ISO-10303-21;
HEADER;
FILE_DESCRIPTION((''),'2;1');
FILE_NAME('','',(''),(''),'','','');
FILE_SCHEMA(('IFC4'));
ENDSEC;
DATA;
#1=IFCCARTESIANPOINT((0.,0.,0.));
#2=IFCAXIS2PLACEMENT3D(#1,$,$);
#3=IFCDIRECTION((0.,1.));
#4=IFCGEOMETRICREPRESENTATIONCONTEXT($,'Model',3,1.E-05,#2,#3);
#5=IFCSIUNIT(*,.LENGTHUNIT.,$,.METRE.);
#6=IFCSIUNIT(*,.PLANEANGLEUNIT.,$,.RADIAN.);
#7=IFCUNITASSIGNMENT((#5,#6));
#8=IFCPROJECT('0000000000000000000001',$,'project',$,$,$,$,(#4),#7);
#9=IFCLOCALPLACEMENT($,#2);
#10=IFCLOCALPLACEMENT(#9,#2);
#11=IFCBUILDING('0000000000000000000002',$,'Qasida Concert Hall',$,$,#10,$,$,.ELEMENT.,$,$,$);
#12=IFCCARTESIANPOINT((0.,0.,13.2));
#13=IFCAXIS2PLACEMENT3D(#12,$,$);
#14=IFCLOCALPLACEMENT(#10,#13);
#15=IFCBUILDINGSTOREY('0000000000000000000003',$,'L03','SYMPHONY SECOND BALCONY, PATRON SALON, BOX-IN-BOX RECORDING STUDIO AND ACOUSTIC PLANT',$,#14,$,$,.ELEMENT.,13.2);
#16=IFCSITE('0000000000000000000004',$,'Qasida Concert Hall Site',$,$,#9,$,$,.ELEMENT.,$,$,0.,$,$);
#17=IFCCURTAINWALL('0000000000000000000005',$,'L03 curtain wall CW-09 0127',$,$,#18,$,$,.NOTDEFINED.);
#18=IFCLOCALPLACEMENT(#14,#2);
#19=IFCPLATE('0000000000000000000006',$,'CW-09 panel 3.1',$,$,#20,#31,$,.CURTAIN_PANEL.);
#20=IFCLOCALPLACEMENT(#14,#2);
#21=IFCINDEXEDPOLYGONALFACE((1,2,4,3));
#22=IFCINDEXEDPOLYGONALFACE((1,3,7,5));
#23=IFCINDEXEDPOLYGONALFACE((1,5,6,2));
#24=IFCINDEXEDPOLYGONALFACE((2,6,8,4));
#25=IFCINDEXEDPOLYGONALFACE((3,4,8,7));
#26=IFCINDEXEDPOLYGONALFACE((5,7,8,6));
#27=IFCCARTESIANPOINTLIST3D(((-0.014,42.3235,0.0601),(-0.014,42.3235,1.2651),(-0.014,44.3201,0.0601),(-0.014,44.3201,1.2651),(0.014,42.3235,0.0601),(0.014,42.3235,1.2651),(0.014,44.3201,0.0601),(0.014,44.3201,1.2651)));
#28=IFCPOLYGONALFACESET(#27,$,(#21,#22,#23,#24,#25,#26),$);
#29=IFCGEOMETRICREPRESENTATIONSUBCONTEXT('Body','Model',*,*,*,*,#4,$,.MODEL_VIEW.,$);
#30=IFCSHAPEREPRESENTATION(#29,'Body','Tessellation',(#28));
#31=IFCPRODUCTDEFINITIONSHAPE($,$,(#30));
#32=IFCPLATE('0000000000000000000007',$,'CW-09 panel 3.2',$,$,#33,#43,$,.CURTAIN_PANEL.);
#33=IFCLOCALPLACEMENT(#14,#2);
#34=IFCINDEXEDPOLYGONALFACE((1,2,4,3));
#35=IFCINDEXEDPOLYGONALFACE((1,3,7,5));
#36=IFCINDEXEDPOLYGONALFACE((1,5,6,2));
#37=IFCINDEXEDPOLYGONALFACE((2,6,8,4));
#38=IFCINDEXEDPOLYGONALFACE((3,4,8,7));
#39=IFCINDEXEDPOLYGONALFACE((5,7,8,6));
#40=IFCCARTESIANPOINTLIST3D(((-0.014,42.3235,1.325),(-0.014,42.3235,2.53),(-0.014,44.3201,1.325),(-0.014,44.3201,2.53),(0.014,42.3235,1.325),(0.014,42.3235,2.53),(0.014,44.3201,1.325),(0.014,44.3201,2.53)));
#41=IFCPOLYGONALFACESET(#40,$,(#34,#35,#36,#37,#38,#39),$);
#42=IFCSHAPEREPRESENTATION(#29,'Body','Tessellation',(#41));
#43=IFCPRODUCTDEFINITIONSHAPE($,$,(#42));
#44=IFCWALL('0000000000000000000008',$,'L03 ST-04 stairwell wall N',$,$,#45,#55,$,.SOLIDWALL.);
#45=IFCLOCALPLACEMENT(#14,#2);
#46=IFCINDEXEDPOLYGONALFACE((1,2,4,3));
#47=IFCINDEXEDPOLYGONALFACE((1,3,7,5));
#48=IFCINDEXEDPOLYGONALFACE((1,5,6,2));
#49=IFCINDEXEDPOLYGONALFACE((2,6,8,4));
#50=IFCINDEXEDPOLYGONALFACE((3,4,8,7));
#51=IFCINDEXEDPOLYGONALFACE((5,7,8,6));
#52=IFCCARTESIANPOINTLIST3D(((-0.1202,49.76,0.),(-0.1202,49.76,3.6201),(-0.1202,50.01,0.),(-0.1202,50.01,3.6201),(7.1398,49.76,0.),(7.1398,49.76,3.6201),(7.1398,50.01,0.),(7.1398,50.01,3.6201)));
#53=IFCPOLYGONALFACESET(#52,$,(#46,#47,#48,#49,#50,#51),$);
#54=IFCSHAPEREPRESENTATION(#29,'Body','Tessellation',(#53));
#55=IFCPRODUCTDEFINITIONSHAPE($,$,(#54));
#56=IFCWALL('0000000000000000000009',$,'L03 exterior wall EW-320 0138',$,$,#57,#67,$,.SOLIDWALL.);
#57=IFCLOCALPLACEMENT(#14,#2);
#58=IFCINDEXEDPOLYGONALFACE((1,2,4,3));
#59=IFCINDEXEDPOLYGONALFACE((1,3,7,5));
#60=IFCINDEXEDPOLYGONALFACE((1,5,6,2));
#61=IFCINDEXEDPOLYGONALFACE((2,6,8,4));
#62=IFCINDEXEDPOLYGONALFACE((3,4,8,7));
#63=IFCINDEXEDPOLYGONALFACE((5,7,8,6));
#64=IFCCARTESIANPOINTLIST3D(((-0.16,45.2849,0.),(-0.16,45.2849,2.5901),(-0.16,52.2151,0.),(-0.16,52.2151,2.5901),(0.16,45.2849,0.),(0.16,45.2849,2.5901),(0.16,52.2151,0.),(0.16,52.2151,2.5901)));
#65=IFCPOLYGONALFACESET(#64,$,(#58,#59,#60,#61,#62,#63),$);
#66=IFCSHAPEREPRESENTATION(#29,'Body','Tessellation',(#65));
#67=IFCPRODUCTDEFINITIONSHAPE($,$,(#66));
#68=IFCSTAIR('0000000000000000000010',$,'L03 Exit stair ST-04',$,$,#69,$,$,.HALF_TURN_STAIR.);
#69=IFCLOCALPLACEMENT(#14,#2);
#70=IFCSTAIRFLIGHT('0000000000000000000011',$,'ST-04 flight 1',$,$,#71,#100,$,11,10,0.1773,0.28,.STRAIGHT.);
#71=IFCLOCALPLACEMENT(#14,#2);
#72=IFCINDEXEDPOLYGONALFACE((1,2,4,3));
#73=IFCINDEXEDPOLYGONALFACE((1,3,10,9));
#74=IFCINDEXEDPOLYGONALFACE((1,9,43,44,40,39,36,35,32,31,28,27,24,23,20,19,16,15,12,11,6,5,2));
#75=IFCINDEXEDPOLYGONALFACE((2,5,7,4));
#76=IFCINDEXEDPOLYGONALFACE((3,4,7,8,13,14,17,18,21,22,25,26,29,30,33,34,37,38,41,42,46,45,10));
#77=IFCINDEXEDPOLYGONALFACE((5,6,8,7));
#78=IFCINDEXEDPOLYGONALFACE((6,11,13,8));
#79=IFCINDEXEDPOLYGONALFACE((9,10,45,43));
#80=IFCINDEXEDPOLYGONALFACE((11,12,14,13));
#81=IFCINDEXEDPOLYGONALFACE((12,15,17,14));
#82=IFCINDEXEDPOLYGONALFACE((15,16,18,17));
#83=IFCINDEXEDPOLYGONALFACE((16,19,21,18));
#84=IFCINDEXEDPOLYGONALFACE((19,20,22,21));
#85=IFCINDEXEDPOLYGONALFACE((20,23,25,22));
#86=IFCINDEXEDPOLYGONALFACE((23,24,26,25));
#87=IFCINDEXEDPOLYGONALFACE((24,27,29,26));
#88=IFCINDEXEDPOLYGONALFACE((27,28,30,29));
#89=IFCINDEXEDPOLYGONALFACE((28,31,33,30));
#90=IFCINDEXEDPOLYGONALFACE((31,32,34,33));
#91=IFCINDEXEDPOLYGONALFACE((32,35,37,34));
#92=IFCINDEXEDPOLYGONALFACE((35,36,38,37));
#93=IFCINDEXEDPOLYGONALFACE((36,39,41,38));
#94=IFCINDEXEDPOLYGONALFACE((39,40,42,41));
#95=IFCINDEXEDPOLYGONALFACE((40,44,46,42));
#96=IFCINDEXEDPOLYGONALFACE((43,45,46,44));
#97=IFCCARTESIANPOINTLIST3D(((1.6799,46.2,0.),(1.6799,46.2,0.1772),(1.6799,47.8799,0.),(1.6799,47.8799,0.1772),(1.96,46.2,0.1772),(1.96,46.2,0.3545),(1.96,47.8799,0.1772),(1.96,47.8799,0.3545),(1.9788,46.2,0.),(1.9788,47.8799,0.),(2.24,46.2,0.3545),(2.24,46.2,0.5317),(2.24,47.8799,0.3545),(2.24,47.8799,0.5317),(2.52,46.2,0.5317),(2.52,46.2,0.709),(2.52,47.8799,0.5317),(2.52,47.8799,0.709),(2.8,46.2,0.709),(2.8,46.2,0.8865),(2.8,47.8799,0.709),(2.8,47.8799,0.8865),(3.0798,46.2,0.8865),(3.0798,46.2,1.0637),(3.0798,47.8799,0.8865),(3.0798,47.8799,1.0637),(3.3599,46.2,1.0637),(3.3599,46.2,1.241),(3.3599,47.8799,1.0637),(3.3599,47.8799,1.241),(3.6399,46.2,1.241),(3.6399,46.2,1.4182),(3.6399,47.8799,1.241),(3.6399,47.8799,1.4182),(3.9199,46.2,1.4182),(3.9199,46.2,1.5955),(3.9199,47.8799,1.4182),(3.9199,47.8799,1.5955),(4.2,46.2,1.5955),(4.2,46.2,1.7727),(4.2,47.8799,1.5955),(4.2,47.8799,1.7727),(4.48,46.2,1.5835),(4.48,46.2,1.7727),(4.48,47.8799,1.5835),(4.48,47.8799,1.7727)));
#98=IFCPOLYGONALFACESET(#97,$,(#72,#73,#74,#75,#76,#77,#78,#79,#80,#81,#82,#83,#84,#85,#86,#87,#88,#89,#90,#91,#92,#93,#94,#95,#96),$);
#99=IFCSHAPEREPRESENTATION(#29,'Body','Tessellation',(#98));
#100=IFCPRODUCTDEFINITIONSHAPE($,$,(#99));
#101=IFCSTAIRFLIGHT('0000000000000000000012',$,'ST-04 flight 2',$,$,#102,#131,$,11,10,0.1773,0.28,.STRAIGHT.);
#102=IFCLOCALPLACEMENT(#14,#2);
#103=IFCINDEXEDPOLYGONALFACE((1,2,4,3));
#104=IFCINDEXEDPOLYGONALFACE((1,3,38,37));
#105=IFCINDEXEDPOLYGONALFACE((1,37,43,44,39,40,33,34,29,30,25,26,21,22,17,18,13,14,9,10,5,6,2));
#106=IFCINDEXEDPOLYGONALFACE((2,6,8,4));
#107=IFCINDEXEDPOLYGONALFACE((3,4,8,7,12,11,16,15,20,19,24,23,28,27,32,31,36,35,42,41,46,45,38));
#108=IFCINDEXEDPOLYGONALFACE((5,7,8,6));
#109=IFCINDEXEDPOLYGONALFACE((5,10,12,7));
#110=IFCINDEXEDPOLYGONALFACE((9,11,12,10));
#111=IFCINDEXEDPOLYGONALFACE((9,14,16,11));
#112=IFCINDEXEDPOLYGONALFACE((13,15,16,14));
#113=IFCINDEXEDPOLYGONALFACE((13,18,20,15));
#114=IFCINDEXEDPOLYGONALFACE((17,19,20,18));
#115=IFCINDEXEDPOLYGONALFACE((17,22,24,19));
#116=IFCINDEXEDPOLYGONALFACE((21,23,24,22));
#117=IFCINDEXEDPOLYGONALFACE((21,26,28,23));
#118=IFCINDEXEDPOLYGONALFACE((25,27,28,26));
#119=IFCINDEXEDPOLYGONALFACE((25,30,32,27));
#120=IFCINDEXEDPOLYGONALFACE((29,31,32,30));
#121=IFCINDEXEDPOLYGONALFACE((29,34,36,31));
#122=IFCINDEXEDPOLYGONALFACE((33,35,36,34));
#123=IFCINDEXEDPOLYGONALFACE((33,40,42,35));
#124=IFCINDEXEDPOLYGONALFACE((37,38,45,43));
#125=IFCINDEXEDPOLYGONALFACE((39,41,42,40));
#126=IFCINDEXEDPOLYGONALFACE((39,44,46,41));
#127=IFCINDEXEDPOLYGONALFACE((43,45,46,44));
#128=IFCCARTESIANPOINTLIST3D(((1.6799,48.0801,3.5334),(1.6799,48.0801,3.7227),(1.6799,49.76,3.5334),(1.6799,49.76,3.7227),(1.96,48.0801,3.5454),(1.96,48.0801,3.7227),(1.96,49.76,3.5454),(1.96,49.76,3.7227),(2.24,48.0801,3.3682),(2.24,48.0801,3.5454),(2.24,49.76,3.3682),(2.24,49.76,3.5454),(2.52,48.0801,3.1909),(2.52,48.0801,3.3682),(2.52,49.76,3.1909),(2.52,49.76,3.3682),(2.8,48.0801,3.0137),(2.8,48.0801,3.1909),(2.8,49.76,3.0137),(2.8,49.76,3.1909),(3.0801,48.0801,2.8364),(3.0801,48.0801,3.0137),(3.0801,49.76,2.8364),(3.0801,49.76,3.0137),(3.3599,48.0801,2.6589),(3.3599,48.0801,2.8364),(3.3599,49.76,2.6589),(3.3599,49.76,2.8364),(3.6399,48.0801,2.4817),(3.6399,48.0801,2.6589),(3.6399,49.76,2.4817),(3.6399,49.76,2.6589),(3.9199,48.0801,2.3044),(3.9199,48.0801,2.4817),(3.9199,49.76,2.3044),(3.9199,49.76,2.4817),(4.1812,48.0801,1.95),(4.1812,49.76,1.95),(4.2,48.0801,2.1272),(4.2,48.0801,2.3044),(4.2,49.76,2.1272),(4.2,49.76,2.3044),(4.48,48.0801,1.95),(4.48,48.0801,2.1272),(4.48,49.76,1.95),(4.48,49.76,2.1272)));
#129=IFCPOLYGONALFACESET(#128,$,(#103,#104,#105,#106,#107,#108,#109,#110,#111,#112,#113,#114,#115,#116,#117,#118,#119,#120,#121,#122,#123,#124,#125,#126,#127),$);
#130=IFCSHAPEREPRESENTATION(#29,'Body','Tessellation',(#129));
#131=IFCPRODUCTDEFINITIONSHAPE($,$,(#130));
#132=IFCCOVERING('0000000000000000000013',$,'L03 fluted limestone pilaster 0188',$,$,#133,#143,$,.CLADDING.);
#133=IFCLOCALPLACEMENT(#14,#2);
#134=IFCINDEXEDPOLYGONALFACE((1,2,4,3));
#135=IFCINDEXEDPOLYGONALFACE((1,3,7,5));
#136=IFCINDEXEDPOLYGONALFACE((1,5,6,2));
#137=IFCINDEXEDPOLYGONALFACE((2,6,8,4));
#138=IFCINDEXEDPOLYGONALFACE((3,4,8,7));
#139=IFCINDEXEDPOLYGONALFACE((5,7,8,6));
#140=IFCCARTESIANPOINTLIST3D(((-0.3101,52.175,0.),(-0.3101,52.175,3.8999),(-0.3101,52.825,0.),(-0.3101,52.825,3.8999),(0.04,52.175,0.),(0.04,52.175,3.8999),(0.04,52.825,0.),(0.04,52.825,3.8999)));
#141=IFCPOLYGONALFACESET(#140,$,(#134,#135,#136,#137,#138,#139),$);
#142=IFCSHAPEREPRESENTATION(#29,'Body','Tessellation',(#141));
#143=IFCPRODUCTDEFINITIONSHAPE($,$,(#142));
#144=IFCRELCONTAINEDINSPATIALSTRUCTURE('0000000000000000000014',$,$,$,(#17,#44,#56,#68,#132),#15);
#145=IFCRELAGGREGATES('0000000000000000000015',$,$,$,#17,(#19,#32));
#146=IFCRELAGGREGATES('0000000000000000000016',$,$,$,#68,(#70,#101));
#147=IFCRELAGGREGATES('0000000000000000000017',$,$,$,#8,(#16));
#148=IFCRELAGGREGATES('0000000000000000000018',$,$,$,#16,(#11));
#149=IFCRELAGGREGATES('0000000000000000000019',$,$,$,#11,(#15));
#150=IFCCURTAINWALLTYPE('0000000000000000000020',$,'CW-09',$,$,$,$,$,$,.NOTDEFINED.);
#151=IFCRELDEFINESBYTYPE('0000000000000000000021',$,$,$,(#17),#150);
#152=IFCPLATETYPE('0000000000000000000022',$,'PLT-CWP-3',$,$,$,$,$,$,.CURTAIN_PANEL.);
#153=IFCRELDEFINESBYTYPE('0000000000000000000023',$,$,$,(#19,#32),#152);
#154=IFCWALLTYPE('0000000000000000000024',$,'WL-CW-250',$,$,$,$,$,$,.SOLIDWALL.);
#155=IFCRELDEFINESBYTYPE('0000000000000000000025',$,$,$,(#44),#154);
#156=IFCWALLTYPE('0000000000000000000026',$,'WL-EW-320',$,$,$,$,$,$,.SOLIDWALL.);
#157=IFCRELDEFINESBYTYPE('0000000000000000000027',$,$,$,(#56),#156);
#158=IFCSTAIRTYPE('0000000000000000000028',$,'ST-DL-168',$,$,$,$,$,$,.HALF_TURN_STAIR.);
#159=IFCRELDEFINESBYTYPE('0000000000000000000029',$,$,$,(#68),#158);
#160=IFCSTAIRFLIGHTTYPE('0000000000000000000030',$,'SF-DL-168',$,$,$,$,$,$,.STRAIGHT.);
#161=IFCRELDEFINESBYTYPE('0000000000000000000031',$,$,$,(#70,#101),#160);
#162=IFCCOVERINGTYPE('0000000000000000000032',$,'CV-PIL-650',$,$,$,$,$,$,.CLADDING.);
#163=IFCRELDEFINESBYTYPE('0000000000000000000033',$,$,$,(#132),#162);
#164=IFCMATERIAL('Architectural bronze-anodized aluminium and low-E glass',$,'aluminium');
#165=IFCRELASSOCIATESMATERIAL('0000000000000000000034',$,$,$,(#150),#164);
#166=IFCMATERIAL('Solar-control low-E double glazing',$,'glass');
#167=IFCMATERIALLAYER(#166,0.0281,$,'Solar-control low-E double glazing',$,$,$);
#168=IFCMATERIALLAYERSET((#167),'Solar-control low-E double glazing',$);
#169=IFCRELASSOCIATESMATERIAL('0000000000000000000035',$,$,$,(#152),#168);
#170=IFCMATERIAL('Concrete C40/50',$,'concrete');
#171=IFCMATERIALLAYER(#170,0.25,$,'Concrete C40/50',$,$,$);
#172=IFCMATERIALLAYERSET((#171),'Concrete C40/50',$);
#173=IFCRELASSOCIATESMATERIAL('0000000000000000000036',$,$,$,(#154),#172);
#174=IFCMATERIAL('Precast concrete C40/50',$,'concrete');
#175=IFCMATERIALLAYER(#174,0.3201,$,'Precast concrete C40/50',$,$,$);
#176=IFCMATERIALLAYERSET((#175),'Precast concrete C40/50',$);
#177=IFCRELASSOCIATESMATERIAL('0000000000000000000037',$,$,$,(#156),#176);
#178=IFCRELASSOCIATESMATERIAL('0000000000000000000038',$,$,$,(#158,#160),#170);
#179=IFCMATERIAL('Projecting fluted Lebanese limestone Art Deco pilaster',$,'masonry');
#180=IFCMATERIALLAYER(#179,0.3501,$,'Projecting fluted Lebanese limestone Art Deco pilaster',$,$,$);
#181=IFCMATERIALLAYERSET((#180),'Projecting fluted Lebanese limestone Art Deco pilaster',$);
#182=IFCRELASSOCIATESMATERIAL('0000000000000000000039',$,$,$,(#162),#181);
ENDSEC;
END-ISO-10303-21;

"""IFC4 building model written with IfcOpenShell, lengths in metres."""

from ifc_helpers import new_model, si_unit, direction, frame, frame_2d, origin, origin_2d, place, context, subcontext, project, spatial, polyline, rectangle, outline, extrude, material, layer, layer_set, type_object, element, aggregate, save


model = new_model("IFC4")

# Units and contexts
model_context = context("Model", 3, precision=1e-05, world=origin(), true_north=direction((0.0, 1.0)))
body_context = subcontext(model_context, "Body", "Model", "MODEL_VIEW")
ifc_project = project(units=[si_unit("LENGTHUNIT", "METRE"), si_unit("PLANEANGLEUNIT", "RADIAN")], contexts=[model_context])

# Site, building, storey
site_placement = place(None, origin())
site = spatial("IfcSite", under=ifc_project, at=site_placement, Name="Qasida Concert Hall Site", CompositionType="ELEMENT", RefElevation=0.0)
building_placement = place(site_placement, origin())
building = spatial("IfcBuilding", under=site, at=building_placement, Name="Qasida Concert Hall", CompositionType="ELEMENT")
storey_placement = place(building_placement, frame((0.0, 0.0, 13.2)))
storey = spatial("IfcBuildingStorey", under=building, at=storey_placement, Name="L03", Description="SYMPHONY SECOND BALCONY, PATRON SALON, BOX-IN-BOX RECORDING STUDIO AND ACOUSTIC PLANT", CompositionType="ELEMENT", Elevation=13.2)

# Shared definitions
ifc_material_1 = material(Name="Concrete C40/50", Category="concrete")

# Shared definitions
ifc_material_2 = material(Name="Architectural bronze-anodized aluminium and low-E glass", Category="aluminium")
curtain_wall_type = type_object("IfcCurtainWallType", Name="CW-09", PredefinedType="NOTDEFINED", material=ifc_material_2)

# Curtain wall
curtain_wall_1_placement = place(storey_placement, origin())
curtain_wall_1 = element("IfcCurtainWall", 1, at=curtain_wall_1_placement, inside=storey, type_object=curtain_wall_type, Name="L03 curtain wall CW-09 0127", PredefinedType="NOTDEFINED")

# Plates
ifc_material_3 = material(Name="Solar-control low-E double glazing", Category="glass")
ifc_layer_1 = layer(ifc_material_3, 0.0281, Name="Solar-control low-E double glazing")
ifc_layer_set_1 = layer_set([ifc_layer_1], Name="Solar-control low-E double glazing")
plate_type = type_object("IfcPlateType", Name="PLT-CWP-3", PredefinedType="CURTAIN_PANEL", material=ifc_layer_set_1)
plate_1_placement = place(storey_placement, frame((0.0, 43.3218, 0.0601), z_axis=(0.0, 0.0, 1.0), x_axis=(0.0, 1.0, 0.0)))
plate_1 = element("IfcPlate", 2, at=plate_1_placement, type_object=plate_type, Name="CW-09 panel 3.1", PredefinedType="CURTAIN_PANEL", context=body_context, shape_type="SweptSolid", body=[
    extrude(rectangle(XDim=1.9966, YDim=0.0281, at=origin_2d()), origin(), (0.0, 0.0, 1.0), 1.2051),
])
plate_2_placement = place(storey_placement, frame((0.0, 43.3218, 1.325), z_axis=(0.0, 0.0, 1.0), x_axis=(0.0, 1.0, 0.0)))
plate_2 = element("IfcPlate", 3, at=plate_2_placement, type_object=plate_type, Name="CW-09 panel 3.2", PredefinedType="CURTAIN_PANEL", context=body_context, shape_type="SweptSolid", body=[
    extrude(rectangle(XDim=1.9966, YDim=0.0281, at=origin_2d()), origin(), (0.0, 0.0, 1.0), 1.2051),
])
aggregate(curtain_wall_1, [plate_1, plate_2])

# Shared definitions
ifc_layer_2 = layer(ifc_material_1, 0.25, Name="Concrete C40/50")
ifc_layer_set_2 = layer_set([ifc_layer_2], Name="Concrete C40/50")
wall_type_1 = type_object("IfcWallType", Name="WL-CW-250", PredefinedType="SOLIDWALL", material=ifc_layer_set_2)

# Walls
wall_1_placement = place(storey_placement, frame((-0.1201, 49.885, 0.0), z_axis=(0.0, 0.0, 1.0), x_axis=(1.0, 0.0, 0.0)))
element("IfcWall", 4, at=wall_1_placement, inside=storey, type_object=wall_type_1, Name="L03 ST-04 stairwell wall N", PredefinedType="SOLIDWALL", context=body_context, shape_type="SweptSolid", body=[
    extrude(rectangle(XDim=7.26, YDim=0.25, at=frame_2d((3.6299, 0.0))), origin(), (0.0, 0.0, 1.0), 3.6201),
])
ifc_material_4 = material(Name="Precast concrete C40/50", Category="concrete")
ifc_layer_3 = layer(ifc_material_4, 0.3201, Name="Precast concrete C40/50")
ifc_layer_set_3 = layer_set([ifc_layer_3], Name="Precast concrete C40/50")
wall_type_2 = type_object("IfcWallType", Name="WL-EW-320", PredefinedType="SOLIDWALL", material=ifc_layer_set_3)
wall_2_placement = place(storey_placement, frame((0.0, 45.2849, 0.0), z_axis=(0.0, 0.0, 1.0), x_axis=(0.0, 1.0, 0.0)))
element("IfcWall", 5, at=wall_2_placement, inside=storey, type_object=wall_type_2, Name="L03 exterior wall EW-320 0138", PredefinedType="SOLIDWALL", context=body_context, shape_type="SweptSolid", body=[
    extrude(rectangle(XDim=6.9302, YDim=0.3201, at=frame_2d((3.4651, 0.0))), origin(), (0.0, 0.0, 1.0), 2.5901),
])

# Stair, stair flights
stair_type = type_object("IfcStairType", Name="ST-DL-168", PredefinedType="HALF_TURN_STAIR", material=ifc_material_1)
stair_placement = place(storey_placement, origin())
stair = element("IfcStair", 6, at=stair_placement, inside=storey, type_object=stair_type, Name="L03 Exit stair ST-04", PredefinedType="HALF_TURN_STAIR")
stair_flight_type = type_object("IfcStairFlightType", Name="SF-DL-168", PredefinedType="STRAIGHT", material=ifc_material_1)
stair_flight_1_placement = place(storey_placement, frame((1.6799, 47.04, 0.0), z_axis=(0.0, 0.0, 1.0), x_axis=(1.0, 0.0, 0.0)))
stair_flight_1 = element("IfcStairFlight", 7, at=stair_flight_1_placement, type_object=stair_flight_type, Name="ST-04 flight 1", NumberOfRisers=11, NumberOfTreads=10, PredefinedType="STRAIGHT", RiserHeight=0.1773, TreadLength=0.28, context=body_context, shape_type="SweptSolid", body=[
    extrude(outline(polyline([(0.0, 0.0), (0.0, 0.1772), (0.28, 0.1772), (0.28, 0.3545), (0.5601, 0.3545), (0.5601, 0.5317), (0.8401, 0.5317), (0.8401, 0.709), (1.1201, 0.709), (1.1201, 0.8865), (1.3999, 0.8865), (1.3999, 1.0637), (1.6799, 1.0637), (1.6799, 1.241), (1.96, 1.241), (1.96, 1.4182), (2.24, 1.4182), (2.24, 1.5955), (2.52, 1.5955), (2.52, 1.7727), (2.8, 1.7727), (2.8, 1.95), (2.8, 1.5835), (0.2988, 0.0), (0.0, 0.0)])), frame((0.0, 0.8398, 0.0), z_axis=(0.0, -1.0, 0.0), x_axis=(1.0, 0.0, 0.0)), (0.0, 0.0, 1.0), 1.6799),
])
stair_flight_2_placement = place(storey_placement, frame((4.48, 48.9199, 1.95), z_axis=(0.0, 0.0, 1.0), x_axis=(-1.0, 0.0, 0.0)))
stair_flight_2 = element("IfcStairFlight", 8, at=stair_flight_2_placement, type_object=stair_flight_type, Name="ST-04 flight 2", NumberOfRisers=11, NumberOfTreads=10, PredefinedType="STRAIGHT", RiserHeight=0.1773, TreadLength=0.28, context=body_context, shape_type="SweptSolid", body=[
    extrude(outline(polyline([(0.0, 0.0), (0.0, 0.1772), (0.28, 0.1772), (0.28, 0.3545), (0.5601, 0.3545), (0.5601, 0.5317), (0.8401, 0.5317), (0.8401, 0.709), (1.1201, 0.709), (1.1201, 0.8865), (1.3999, 0.8865), (1.3999, 1.0637), (1.6799, 1.0637), (1.6799, 1.241), (1.96, 1.241), (1.96, 1.4182), (2.24, 1.4182), (2.24, 1.5955), (2.52, 1.5955), (2.52, 1.7727), (2.8, 1.7727), (2.8, 1.95), (2.8, 1.5835), (0.2988, 0.0), (0.0, 0.0)])), frame((0.0, 0.8398, 0.0), z_axis=(0.0, -1.0, 0.0), x_axis=(1.0, 0.0, 0.0)), (0.0, 0.0, 1.0), 1.6799),
])
aggregate(stair, [stair_flight_1, stair_flight_2])

# Covering
ifc_material_5 = material(Name="Projecting fluted Lebanese limestone Art Deco pilaster", Category="masonry")
ifc_layer_4 = layer(ifc_material_5, 0.3501, Name="Projecting fluted Lebanese limestone Art Deco pilaster")
ifc_layer_set_4 = layer_set([ifc_layer_4], Name="Projecting fluted Lebanese limestone Art Deco pilaster")
covering_type = type_object("IfcCoveringType", Name="CV-PIL-650", PredefinedType="CLADDING", material=ifc_layer_set_4)
covering_placement = place(storey_placement, frame((-0.135, 52.5, 0.0), z_axis=(0.0, 0.0, 1.0), x_axis=(1.0, 0.0, 0.0)))
element("IfcCovering", 9, at=covering_placement, inside=storey, type_object=covering_type, Name="L03 fluted limestone pilaster 0188", PredefinedType="CLADDING", context=body_context, shape_type="SweptSolid", body=[
    extrude(rectangle(XDim=0.3501, YDim=0.6499, at=origin_2d()), origin(), (0.0, 0.0, 1.0), 3.8999),
])

save(model, "model.ifc")
